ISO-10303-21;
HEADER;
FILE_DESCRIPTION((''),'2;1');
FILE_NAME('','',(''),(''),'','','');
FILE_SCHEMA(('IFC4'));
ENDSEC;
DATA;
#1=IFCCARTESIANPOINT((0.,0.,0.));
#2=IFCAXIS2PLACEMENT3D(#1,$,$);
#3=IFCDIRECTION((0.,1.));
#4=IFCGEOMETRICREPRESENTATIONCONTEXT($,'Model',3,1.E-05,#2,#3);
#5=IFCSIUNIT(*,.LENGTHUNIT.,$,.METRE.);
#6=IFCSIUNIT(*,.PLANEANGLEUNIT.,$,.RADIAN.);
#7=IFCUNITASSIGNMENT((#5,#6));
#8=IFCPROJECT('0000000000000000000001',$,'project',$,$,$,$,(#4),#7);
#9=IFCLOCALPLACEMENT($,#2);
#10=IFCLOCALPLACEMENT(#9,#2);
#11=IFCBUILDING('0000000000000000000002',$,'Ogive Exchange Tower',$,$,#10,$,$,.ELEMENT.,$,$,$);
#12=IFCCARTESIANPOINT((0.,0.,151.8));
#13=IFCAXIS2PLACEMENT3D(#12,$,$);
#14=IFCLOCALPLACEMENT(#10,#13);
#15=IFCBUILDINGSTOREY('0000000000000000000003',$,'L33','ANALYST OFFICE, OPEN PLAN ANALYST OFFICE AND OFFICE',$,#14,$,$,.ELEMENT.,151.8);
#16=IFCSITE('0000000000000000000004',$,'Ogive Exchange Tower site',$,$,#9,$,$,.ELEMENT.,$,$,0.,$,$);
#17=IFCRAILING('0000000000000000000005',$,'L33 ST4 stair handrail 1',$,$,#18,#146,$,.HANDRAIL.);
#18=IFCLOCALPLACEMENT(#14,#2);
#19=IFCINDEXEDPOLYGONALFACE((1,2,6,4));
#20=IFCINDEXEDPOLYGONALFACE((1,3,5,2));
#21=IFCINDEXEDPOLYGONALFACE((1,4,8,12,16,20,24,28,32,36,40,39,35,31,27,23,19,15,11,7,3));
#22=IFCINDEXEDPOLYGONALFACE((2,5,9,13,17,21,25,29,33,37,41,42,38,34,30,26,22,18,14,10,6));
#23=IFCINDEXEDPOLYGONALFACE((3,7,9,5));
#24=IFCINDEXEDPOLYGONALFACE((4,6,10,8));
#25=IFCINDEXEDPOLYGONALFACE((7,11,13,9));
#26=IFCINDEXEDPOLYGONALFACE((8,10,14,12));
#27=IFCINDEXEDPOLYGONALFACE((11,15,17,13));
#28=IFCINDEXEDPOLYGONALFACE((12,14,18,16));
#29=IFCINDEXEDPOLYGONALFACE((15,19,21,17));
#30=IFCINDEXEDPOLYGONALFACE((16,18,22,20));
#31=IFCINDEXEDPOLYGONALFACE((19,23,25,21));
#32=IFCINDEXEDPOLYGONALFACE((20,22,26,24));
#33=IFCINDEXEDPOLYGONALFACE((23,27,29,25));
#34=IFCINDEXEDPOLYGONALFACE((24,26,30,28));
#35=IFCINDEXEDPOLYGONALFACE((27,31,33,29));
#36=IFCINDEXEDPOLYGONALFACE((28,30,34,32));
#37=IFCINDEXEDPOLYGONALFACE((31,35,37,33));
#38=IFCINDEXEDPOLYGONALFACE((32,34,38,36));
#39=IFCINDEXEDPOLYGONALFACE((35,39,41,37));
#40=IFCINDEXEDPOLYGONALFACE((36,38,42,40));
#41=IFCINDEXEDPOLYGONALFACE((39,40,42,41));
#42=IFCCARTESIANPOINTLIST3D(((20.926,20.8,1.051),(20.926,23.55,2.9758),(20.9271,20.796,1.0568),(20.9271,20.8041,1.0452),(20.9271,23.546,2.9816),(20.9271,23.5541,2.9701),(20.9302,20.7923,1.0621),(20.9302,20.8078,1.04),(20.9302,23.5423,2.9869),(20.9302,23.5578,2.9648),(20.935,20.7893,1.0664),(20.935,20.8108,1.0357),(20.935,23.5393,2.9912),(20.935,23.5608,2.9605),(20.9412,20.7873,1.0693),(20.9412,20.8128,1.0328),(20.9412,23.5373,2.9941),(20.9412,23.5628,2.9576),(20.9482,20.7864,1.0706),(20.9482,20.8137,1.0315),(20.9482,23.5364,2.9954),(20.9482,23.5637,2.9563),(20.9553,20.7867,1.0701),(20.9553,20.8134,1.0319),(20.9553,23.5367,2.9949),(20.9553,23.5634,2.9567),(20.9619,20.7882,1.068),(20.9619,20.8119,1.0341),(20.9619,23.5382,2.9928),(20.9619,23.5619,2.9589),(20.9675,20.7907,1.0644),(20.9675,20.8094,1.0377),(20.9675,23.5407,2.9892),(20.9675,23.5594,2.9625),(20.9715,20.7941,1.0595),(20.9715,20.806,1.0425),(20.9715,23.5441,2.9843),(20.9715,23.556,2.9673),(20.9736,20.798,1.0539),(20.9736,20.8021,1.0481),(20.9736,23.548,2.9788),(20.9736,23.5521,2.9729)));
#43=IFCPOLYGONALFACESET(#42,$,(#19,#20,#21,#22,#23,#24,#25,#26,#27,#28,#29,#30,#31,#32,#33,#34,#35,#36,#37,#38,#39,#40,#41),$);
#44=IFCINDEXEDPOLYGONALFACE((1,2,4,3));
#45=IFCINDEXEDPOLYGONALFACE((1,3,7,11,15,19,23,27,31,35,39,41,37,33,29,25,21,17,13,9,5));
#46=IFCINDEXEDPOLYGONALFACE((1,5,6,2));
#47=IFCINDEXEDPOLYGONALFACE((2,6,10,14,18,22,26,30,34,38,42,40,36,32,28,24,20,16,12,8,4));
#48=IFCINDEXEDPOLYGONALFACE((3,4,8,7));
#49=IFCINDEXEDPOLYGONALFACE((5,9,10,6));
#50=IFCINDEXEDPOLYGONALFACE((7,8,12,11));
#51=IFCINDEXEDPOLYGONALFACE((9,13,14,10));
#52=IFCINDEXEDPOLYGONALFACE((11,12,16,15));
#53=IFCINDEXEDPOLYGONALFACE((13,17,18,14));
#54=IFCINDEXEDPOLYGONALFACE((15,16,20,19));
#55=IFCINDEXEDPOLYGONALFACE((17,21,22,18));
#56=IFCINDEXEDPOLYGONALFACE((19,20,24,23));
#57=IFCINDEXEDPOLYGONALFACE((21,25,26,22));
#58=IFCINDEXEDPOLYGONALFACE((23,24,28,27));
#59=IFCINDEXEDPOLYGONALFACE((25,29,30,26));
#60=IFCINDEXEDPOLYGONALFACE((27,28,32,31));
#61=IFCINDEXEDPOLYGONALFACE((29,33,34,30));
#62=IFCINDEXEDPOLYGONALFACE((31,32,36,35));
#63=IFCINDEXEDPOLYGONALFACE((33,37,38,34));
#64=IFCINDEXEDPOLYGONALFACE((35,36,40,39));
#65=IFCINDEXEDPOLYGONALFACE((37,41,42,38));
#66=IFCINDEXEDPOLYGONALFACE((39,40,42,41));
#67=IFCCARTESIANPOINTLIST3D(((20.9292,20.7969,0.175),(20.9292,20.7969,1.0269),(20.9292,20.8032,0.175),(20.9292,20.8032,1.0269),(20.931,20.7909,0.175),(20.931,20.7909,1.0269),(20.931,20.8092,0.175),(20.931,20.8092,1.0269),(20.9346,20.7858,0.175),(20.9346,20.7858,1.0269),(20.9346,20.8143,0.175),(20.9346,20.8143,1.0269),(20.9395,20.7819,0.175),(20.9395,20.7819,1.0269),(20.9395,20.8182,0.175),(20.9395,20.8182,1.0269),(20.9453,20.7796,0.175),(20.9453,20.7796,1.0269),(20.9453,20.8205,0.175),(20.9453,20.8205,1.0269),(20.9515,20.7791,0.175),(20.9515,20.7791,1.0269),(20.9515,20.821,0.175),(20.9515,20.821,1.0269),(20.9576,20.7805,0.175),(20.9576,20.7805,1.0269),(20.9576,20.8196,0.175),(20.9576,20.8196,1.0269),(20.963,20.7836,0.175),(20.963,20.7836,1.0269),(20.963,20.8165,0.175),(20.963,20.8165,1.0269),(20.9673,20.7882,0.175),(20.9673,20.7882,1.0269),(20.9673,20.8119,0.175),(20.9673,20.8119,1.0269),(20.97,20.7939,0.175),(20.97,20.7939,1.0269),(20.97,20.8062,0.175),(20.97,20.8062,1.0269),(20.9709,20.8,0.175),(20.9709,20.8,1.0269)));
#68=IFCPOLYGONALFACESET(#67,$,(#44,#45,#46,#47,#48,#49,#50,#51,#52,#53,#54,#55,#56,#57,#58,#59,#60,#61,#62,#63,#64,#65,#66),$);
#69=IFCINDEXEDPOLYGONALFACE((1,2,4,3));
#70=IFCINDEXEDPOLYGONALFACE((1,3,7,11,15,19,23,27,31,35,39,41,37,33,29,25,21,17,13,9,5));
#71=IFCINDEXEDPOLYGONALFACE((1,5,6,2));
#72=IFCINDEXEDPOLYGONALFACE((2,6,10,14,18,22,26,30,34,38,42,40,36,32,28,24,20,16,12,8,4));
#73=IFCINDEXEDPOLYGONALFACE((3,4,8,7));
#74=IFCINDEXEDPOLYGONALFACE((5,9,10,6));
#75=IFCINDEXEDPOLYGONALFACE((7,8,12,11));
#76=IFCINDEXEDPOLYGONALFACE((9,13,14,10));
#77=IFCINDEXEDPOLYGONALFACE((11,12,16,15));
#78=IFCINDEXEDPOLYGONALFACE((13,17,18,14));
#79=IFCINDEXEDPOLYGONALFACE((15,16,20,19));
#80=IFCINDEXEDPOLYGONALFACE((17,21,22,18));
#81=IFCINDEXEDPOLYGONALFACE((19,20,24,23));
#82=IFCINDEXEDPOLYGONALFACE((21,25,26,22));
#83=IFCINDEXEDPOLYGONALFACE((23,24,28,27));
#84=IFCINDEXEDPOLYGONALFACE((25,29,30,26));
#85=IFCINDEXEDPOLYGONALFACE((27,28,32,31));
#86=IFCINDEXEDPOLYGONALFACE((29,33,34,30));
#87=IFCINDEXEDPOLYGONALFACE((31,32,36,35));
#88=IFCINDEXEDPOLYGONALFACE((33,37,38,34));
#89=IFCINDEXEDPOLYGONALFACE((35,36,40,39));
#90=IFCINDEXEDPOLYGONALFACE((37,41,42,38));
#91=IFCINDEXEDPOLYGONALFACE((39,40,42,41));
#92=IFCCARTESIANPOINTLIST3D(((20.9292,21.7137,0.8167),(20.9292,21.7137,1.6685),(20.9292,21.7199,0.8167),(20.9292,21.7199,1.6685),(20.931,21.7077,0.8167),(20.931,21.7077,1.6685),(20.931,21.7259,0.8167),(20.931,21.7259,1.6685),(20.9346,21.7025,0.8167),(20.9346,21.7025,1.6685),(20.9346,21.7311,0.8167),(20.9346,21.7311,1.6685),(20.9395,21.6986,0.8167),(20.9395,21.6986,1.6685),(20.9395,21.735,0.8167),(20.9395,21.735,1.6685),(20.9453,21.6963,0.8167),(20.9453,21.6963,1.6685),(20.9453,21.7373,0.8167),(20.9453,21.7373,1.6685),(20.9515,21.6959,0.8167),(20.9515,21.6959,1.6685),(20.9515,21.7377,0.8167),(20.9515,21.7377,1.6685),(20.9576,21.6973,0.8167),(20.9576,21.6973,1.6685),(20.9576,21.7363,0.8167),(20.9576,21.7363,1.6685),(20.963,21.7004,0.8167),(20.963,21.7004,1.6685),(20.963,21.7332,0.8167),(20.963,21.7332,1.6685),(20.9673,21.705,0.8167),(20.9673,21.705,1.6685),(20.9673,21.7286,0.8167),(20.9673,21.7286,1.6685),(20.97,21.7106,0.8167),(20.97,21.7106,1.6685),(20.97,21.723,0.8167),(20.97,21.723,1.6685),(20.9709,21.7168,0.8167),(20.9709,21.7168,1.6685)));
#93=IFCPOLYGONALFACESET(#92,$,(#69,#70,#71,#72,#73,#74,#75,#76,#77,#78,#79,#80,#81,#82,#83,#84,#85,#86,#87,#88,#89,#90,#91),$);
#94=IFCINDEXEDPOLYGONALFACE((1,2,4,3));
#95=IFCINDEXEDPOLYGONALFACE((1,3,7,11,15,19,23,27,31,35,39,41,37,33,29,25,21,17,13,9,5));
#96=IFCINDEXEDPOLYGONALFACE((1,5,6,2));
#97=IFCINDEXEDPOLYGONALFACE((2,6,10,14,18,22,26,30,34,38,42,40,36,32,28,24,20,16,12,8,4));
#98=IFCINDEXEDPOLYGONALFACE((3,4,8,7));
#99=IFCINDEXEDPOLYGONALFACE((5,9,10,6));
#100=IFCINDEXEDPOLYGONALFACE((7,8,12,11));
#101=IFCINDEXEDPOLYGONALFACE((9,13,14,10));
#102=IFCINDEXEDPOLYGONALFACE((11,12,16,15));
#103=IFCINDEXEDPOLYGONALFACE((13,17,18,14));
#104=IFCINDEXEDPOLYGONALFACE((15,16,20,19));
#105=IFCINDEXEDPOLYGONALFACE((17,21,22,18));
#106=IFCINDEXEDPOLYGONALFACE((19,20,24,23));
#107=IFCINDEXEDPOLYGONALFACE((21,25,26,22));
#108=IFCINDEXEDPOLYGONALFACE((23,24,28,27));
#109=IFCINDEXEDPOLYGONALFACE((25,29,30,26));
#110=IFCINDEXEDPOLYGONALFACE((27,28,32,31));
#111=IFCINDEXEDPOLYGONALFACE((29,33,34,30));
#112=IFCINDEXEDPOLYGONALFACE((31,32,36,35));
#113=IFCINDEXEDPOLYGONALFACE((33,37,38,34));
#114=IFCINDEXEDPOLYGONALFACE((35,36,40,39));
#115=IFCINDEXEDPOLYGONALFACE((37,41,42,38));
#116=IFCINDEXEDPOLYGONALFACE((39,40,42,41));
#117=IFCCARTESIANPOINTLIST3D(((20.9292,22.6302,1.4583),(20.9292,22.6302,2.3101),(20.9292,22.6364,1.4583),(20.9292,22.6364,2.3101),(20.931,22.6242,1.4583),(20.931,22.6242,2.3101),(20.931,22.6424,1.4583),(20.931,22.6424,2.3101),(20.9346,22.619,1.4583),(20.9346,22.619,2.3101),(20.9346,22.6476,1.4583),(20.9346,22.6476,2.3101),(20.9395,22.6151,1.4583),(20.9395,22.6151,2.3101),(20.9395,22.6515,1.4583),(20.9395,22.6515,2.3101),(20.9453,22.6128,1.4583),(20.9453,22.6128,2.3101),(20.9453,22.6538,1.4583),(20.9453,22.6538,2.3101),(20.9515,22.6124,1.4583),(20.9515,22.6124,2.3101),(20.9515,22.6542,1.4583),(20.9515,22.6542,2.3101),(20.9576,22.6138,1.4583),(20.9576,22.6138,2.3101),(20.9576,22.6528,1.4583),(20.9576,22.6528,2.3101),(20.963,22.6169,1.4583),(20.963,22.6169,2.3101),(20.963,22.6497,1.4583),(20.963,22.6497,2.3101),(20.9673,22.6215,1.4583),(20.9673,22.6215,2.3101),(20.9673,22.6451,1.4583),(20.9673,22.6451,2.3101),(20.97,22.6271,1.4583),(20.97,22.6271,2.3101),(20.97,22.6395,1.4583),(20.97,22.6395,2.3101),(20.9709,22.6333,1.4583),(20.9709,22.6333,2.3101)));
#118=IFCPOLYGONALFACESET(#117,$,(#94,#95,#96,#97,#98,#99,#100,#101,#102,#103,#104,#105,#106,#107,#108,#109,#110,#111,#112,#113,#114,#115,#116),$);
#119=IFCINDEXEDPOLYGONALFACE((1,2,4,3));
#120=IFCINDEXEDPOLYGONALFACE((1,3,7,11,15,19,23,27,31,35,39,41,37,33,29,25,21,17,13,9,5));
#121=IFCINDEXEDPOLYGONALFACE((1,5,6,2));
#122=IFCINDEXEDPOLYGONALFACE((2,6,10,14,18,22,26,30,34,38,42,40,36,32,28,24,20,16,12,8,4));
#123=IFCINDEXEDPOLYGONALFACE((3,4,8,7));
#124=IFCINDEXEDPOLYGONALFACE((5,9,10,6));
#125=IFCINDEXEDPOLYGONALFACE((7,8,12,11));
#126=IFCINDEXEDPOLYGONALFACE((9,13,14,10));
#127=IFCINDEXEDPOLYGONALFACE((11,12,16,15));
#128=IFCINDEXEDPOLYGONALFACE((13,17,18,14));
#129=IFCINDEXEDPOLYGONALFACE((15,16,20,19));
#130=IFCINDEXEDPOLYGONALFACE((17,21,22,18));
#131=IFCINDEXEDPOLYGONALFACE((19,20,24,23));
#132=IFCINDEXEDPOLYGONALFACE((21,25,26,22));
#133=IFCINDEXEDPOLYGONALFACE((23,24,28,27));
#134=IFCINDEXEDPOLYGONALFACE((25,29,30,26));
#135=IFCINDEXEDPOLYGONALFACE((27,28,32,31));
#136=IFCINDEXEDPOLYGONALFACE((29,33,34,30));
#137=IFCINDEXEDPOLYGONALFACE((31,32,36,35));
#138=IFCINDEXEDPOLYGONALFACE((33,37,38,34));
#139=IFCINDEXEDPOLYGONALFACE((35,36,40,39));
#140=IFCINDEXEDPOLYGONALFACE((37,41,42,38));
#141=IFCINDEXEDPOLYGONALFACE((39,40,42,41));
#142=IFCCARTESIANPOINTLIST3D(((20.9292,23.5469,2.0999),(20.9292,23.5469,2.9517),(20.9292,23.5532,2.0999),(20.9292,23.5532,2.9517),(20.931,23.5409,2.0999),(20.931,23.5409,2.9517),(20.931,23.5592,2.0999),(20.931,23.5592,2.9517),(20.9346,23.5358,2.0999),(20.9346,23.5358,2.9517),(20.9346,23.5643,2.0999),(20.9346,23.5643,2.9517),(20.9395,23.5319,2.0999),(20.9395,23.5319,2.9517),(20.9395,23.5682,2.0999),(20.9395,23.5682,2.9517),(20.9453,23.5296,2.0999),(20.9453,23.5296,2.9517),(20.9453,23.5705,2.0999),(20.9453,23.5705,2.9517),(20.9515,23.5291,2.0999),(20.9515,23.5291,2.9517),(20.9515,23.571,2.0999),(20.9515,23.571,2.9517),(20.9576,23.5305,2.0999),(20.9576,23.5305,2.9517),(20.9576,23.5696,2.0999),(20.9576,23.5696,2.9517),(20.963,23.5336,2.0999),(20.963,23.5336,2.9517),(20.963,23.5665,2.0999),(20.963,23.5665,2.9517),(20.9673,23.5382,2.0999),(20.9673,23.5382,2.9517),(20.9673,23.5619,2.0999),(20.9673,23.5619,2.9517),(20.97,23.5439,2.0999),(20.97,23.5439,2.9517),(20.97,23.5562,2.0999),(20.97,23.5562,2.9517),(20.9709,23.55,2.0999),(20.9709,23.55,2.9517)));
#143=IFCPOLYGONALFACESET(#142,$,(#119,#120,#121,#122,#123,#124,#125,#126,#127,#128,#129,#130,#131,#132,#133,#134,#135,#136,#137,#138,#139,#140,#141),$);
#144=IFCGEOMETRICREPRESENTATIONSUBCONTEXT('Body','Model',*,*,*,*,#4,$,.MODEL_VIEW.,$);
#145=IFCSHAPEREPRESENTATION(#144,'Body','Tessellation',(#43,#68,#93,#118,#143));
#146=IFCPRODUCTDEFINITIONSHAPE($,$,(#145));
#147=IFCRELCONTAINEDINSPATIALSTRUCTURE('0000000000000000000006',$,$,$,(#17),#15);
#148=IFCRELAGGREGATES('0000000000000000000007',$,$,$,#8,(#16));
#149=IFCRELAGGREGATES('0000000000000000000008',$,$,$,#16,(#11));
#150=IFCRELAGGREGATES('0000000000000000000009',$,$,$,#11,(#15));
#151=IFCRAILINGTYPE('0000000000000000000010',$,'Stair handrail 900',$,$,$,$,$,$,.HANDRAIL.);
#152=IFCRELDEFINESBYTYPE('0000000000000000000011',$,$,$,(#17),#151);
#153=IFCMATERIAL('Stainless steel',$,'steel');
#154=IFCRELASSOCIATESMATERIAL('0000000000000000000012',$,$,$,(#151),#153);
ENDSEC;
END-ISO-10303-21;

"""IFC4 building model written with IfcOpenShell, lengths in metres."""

from ifc_helpers import new_model, si_unit, direction, frame, origin, origin_2d, place, context, subcontext, project, spatial, circle, extrude, material, type_object, element, save


model = new_model("IFC4")

# Units and contexts
model_context = context("Model", 3, precision=1e-05, world=origin(), true_north=direction((0.0, 1.0)))
body_context = subcontext(model_context, "Body", "Model", "MODEL_VIEW")
ifc_project = project(units=[si_unit("LENGTHUNIT", "METRE"), si_unit("PLANEANGLEUNIT", "RADIAN")], contexts=[model_context])

# Site, building, storey
site_placement = place(None, origin())
site = spatial("IfcSite", under=ifc_project, at=site_placement, Name="Ogive Exchange Tower site", CompositionType="ELEMENT", RefElevation=0.0)
building_placement = place(site_placement, origin())
building = spatial("IfcBuilding", under=site, at=building_placement, Name="Ogive Exchange Tower", CompositionType="ELEMENT")
storey_placement = place(building_placement, frame((0.0, 0.0, 151.8)))
storey = spatial("IfcBuildingStorey", under=building, at=storey_placement, Name="L33", Description="ANALYST OFFICE, OPEN PLAN ANALYST OFFICE AND OFFICE", CompositionType="ELEMENT", Elevation=151.8)

# Railing
ifc_material_1 = material(Name="Stainless steel", Category="steel")
railing_type = type_object("IfcRailingType", Name="Stair handrail 900", PredefinedType="HANDRAIL", material=ifc_material_1)
railing_placement = place(storey_placement, frame((20.95, 20.8, 0.175)))
element("IfcRailing", 1, at=railing_placement, inside=storey, type_object=railing_type, Name="L33 ST4 stair handrail 1", PredefinedType="HANDRAIL", context=body_context, shape_type="SweptSolid", body=[
    extrude(circle(Radius=0.0239, at=origin_2d()), frame((0.0, 0.0, 0.876), z_axis=(0.0, 0.819259, 0.573423), x_axis=(-1.0, 0.0, 0.0)), (0.0, 0.0, 1.0), 3.3567),
    extrude(circle(Radius=0.021, at=origin_2d()), origin(), (0.0, 0.0, 1.0), 0.8518),
    extrude(circle(Radius=0.021, at=origin_2d()), frame((0.0, 0.9167, 0.6416)), (0.0, 0.0, 1.0), 0.8518),
    extrude(circle(Radius=0.021, at=origin_2d()), frame((0.0, 1.8333, 1.2832)), (0.0, 0.0, 1.0), 0.8518),
    extrude(circle(Radius=0.021, at=origin_2d()), frame((0.0, 2.75, 1.9248)), (0.0, 0.0, 1.0), 0.8518),
])

save(model, "model.ifc")
